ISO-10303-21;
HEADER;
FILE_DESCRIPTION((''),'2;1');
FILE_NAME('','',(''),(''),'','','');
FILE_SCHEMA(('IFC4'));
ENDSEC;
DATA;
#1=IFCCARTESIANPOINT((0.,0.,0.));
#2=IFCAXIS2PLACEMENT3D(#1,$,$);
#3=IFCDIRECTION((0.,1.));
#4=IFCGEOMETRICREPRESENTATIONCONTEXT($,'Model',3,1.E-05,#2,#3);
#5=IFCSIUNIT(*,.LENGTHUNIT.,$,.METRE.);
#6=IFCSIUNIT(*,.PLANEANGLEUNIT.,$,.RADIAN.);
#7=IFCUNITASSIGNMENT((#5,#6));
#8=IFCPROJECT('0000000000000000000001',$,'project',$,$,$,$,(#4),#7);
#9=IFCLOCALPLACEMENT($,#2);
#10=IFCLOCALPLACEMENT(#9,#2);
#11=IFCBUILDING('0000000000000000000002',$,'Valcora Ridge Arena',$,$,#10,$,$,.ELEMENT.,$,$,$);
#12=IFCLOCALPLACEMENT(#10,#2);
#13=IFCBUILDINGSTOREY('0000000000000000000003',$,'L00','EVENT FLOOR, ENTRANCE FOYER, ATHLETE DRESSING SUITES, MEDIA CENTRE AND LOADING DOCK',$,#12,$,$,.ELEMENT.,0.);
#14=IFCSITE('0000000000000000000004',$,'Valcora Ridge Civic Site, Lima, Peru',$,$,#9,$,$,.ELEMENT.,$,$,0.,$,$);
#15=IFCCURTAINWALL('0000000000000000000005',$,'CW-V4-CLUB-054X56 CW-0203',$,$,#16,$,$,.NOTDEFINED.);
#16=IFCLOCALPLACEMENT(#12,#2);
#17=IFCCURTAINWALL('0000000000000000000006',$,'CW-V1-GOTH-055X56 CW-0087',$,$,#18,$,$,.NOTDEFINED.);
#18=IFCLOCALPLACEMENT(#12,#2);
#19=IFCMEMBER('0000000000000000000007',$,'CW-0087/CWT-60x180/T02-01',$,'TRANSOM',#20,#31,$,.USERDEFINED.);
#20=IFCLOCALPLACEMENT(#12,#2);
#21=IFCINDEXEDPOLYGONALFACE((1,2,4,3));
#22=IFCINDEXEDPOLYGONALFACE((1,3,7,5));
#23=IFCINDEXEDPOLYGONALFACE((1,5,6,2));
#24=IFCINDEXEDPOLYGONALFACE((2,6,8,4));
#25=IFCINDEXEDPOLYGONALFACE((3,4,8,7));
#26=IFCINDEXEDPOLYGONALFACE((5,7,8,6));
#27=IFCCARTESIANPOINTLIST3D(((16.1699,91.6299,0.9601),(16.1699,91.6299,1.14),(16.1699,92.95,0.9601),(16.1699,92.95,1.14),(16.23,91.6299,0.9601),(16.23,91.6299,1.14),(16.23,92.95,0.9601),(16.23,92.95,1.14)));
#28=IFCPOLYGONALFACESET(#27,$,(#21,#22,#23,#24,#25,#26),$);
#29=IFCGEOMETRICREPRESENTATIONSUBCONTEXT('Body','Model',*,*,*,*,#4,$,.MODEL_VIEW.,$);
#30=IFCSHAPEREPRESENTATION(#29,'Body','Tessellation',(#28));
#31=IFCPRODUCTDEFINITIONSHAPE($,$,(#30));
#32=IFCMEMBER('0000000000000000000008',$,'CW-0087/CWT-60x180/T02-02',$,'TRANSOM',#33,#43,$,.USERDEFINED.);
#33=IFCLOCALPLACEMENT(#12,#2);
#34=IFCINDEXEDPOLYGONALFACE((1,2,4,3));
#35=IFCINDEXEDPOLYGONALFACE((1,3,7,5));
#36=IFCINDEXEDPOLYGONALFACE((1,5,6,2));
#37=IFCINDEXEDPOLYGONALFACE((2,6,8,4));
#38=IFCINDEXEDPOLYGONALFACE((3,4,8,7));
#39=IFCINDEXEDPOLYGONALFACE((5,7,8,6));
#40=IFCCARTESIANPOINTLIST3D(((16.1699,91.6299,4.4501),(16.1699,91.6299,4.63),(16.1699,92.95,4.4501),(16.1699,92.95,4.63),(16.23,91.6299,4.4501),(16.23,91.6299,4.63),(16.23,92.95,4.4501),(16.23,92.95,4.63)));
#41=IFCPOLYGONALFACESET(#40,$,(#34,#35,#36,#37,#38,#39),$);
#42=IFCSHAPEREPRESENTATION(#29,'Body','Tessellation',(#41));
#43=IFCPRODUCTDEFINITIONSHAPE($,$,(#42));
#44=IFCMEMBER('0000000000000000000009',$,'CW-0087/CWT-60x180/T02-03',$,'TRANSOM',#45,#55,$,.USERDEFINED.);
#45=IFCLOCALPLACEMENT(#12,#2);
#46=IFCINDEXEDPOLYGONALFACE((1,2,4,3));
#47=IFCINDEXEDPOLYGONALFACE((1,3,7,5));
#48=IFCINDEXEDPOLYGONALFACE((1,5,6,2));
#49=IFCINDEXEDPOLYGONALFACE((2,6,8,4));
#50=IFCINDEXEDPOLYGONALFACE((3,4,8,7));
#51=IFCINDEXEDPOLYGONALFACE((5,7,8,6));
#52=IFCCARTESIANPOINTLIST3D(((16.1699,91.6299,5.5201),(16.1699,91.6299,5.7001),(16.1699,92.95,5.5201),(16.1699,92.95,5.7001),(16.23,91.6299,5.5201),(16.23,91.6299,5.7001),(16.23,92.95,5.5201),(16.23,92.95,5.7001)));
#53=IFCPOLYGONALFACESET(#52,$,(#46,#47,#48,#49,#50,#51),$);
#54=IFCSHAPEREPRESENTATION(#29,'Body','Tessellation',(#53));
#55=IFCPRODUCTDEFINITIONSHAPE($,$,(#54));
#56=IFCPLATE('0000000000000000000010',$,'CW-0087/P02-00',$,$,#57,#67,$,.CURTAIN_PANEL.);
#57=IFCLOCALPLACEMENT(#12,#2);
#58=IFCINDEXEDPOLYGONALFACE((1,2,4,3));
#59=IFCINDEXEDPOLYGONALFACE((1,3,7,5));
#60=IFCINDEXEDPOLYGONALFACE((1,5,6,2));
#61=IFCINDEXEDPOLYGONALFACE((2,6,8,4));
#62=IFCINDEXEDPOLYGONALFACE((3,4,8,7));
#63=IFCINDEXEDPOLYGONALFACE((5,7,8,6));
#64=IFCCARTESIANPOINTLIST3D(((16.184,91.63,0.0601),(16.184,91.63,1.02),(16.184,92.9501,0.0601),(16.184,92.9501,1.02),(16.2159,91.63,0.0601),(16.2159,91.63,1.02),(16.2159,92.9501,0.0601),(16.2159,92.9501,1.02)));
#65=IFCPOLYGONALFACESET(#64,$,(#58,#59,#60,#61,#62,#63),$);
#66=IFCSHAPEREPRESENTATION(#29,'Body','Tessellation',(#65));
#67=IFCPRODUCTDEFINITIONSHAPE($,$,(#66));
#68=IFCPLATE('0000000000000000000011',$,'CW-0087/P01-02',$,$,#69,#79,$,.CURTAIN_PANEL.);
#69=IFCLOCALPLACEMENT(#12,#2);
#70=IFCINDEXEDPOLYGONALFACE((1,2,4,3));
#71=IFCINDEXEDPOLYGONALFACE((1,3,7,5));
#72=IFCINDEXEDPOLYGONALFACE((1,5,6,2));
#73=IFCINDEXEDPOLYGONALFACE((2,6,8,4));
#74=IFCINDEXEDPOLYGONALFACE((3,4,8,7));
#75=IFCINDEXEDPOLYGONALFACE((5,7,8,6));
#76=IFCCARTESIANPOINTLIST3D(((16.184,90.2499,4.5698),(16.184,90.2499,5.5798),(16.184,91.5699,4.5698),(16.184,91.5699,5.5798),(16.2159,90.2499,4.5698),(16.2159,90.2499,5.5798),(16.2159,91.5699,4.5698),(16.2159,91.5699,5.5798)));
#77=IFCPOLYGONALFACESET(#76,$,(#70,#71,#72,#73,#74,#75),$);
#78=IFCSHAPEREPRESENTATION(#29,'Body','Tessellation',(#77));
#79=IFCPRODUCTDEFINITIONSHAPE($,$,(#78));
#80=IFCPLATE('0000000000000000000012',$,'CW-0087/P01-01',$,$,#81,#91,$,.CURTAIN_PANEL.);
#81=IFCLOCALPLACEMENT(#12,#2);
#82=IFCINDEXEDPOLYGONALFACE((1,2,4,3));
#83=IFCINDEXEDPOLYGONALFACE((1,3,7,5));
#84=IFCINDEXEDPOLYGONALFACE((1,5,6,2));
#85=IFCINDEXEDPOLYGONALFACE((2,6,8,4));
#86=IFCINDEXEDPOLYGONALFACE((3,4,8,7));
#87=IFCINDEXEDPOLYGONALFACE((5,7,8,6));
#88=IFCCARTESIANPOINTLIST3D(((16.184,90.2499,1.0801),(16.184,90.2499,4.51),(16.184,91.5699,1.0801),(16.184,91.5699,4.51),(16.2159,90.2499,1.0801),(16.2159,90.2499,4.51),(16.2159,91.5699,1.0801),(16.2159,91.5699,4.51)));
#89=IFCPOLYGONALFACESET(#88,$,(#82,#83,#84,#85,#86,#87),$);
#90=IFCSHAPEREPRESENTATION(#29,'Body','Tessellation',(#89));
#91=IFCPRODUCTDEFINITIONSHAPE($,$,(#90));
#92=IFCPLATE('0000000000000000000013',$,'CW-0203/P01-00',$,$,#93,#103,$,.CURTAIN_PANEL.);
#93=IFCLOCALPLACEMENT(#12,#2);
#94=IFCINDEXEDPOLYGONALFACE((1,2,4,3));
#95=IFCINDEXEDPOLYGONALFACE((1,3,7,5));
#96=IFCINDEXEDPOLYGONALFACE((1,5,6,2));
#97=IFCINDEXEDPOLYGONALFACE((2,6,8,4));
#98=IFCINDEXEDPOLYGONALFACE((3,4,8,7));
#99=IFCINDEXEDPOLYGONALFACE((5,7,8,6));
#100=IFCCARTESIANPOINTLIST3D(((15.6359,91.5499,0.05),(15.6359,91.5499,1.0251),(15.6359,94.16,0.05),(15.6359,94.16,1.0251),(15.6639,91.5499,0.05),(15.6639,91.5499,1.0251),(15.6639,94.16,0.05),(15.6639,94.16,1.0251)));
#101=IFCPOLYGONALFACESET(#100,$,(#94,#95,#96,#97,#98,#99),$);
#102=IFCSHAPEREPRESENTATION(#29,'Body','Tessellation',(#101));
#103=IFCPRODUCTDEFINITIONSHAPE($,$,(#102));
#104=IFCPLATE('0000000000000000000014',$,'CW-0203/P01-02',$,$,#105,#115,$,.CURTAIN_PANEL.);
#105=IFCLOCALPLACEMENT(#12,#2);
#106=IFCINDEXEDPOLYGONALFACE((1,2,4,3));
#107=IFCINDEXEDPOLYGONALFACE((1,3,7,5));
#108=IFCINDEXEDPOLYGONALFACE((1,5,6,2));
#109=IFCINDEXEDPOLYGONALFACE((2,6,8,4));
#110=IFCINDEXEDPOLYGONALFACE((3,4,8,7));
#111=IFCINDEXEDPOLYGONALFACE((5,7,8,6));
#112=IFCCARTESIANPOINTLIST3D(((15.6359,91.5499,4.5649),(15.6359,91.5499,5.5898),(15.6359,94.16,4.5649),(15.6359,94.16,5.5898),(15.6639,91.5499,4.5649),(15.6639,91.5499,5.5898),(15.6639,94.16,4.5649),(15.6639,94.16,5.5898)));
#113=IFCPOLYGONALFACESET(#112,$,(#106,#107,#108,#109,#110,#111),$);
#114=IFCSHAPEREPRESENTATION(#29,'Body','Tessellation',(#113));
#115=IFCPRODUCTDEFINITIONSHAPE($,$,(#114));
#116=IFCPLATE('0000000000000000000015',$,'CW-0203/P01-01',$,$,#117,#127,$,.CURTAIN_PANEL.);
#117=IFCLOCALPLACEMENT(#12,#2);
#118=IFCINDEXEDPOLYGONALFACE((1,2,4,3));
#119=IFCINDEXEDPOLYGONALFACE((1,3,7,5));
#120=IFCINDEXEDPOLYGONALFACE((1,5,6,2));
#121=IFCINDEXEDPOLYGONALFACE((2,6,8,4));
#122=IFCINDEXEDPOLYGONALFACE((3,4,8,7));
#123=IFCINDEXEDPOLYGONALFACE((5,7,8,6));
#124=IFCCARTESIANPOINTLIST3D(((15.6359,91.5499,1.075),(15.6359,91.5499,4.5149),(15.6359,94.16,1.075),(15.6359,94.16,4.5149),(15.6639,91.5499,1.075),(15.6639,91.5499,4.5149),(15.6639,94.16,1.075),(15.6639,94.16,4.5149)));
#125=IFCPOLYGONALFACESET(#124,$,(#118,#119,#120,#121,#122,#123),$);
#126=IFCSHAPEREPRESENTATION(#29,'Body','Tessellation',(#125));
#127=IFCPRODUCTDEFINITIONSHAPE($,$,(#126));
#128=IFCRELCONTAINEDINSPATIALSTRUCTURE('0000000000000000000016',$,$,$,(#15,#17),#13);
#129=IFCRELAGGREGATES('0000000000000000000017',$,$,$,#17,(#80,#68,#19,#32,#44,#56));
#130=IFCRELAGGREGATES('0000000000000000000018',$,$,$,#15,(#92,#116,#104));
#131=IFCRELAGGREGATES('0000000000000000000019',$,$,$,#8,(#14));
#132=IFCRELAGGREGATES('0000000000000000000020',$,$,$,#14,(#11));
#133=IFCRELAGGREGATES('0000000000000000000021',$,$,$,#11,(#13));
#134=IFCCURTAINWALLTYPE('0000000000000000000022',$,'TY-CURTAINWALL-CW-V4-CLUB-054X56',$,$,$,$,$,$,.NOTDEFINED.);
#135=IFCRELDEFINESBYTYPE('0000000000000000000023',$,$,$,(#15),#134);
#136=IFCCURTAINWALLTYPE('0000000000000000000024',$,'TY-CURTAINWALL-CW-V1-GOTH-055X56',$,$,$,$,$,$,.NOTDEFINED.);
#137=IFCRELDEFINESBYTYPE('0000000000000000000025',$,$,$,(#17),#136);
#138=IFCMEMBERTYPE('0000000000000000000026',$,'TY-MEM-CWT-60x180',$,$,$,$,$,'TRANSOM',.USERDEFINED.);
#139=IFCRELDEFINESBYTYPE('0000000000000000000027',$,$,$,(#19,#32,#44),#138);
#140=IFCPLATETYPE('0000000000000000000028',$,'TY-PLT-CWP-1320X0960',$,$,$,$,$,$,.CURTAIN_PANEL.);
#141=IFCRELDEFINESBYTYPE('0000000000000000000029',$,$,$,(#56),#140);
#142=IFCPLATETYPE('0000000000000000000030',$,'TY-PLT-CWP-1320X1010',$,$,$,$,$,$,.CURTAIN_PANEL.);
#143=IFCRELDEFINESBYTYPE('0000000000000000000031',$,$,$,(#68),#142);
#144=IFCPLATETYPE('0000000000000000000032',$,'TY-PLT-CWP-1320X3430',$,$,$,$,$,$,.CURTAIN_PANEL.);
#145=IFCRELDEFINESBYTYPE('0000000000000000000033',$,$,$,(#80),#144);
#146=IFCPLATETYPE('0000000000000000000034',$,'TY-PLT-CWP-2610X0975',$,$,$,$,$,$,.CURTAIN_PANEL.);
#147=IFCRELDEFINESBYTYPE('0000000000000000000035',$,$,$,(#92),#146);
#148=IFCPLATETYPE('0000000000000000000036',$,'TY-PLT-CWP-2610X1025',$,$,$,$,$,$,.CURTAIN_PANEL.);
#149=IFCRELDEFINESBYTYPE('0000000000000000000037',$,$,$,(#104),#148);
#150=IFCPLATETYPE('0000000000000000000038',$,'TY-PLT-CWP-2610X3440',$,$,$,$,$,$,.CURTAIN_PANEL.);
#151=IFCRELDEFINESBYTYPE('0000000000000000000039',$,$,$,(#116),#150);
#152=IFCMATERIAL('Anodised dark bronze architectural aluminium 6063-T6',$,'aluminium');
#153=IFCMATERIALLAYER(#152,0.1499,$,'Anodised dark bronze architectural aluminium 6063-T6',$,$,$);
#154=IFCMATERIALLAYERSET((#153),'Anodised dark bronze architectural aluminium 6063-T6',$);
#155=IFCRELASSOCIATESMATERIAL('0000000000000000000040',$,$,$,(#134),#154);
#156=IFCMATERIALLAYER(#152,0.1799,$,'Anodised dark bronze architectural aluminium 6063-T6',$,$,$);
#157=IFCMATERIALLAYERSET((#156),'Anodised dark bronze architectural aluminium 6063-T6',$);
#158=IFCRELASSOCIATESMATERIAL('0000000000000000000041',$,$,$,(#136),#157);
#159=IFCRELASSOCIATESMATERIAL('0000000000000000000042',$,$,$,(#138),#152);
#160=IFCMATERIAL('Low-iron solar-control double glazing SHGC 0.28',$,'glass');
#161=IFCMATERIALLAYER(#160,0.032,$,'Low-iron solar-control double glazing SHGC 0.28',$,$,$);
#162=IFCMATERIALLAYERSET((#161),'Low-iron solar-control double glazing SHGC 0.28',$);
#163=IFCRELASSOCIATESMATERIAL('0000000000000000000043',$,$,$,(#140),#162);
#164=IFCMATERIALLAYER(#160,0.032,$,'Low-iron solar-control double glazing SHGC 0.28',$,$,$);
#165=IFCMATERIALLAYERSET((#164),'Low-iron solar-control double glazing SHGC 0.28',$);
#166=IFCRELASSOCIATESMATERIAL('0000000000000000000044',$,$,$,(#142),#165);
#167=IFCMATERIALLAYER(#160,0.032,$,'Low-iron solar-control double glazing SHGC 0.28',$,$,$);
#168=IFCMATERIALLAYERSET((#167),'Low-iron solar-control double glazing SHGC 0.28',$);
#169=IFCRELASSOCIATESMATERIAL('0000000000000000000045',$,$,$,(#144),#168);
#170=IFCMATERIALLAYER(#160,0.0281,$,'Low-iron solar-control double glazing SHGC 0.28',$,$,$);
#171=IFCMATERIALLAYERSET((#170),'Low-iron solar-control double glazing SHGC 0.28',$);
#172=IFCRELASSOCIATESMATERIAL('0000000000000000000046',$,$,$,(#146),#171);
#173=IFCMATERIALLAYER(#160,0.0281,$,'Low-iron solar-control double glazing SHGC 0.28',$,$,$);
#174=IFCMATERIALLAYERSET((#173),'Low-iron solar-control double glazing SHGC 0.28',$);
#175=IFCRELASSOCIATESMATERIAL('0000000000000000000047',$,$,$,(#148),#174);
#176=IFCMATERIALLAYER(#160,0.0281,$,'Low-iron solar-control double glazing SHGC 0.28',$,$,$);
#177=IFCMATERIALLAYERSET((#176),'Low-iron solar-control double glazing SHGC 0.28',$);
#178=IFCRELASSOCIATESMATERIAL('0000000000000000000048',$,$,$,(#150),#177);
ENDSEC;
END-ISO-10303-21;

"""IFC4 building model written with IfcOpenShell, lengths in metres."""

from ifc_helpers import new_model, si_unit, direction, frame, origin, origin_2d, place, context, subcontext, project, spatial, rectangle, extrude, material, layer, layer_set, material_profile, profile_set, type_object, element, aggregate, save


model = new_model("IFC4")

# Units and contexts
model_context = context("Model", 3, precision=1e-05, world=origin(), true_north=direction((0.0, 1.0)))
body_context = subcontext(model_context, "Body", "Model", "MODEL_VIEW")
ifc_project = project(units=[si_unit("LENGTHUNIT", "METRE"), si_unit("PLANEANGLEUNIT", "RADIAN")], contexts=[model_context])

# Site, building, storey
site_placement = place(None, origin())
site = spatial("IfcSite", under=ifc_project, at=site_placement, Name="Valcora Ridge Civic Site, Lima, Peru", CompositionType="ELEMENT", RefElevation=0.0)
building_placement = place(site_placement, origin())
building = spatial("IfcBuilding", under=site, at=building_placement, Name="Valcora Ridge Arena", CompositionType="ELEMENT")
storey_placement = place(building_placement, origin())
storey = spatial("IfcBuildingStorey", under=building, at=storey_placement, Name="L00", Description="EVENT FLOOR, ENTRANCE FOYER, ATHLETE DRESSING SUITES, MEDIA CENTRE AND LOADING DOCK", CompositionType="ELEMENT", Elevation=0.0)

# Curtain wall
ifc_material_1 = material(Name="Anodised dark bronze architectural aluminium 6063-T6", Category="aluminium")
ifc_layer_1 = layer(ifc_material_1, 0.1499, Name="Anodised dark bronze architectural aluminium 6063-T6")
ifc_layer_set_1 = layer_set([ifc_layer_1], Name="Anodised dark bronze architectural aluminium 6063-T6")
curtain_wall_type_1 = type_object("IfcCurtainWallType", Name="TY-CURTAINWALL-CW-V4-CLUB-054X56", PredefinedType="NOTDEFINED", material=ifc_layer_set_1)
curtain_wall_1_placement = place(storey_placement, origin())
curtain_wall_1 = element("IfcCurtainWall", 1, at=curtain_wall_1_placement, inside=storey, type_object=curtain_wall_type_1, Name="CW-V4-CLUB-054X56 CW-0203", PredefinedType="NOTDEFINED")

# Curtain wall
ifc_layer_2 = layer(ifc_material_1, 0.1799, Name="Anodised dark bronze architectural aluminium 6063-T6")
ifc_layer_set_2 = layer_set([ifc_layer_2], Name="Anodised dark bronze architectural aluminium 6063-T6")
curtain_wall_type_2 = type_object("IfcCurtainWallType", Name="TY-CURTAINWALL-CW-V1-GOTH-055X56", PredefinedType="NOTDEFINED", material=ifc_layer_set_2)
curtain_wall_2_placement = place(storey_placement, origin())
curtain_wall_2 = element("IfcCurtainWall", 2, at=curtain_wall_2_placement, inside=storey, type_object=curtain_wall_type_2, Name="CW-V1-GOTH-055X56 CW-0087", PredefinedType="NOTDEFINED")

# Members
ifc_material_profile_1 = material_profile(ifc_material_1, rectangle(XDim=0.0601, YDim=0.1799, at=origin_2d()), Name="ALU TRANSOM 60x180")
ifc_profile_set_1 = profile_set([ifc_material_profile_1], Name="Anodised dark bronze architectural aluminium 6063-T6")
member_type_1 = type_object("IfcMemberType", Name="TY-MEM-CWT-60x180", ElementType="TRANSOM", PredefinedType="USERDEFINED", material=ifc_profile_set_1)
member_1_placement = place(storey_placement, frame((16.2, 91.6299, 1.05), z_axis=(0.0, 1.0, 0.0), x_axis=(-1.0, 0.0, 0.0)))
member_1 = element("IfcMember", 3, at=member_1_placement, type_object=member_type_1, Name="CW-0087/CWT-60x180/T02-01", ObjectType="TRANSOM", PredefinedType="USERDEFINED", context=body_context, shape_type="SweptSolid", body=[
    extrude(rectangle(XDim=0.0601, YDim=0.1799, at=origin_2d()), origin(), (0.0, 0.0, 1.0), 1.3201),
])
member_2_placement = place(storey_placement, frame((16.2, 91.6299, 4.54), z_axis=(0.0, 1.0, 0.0), x_axis=(-1.0, 0.0, 0.0)))
member_2 = element("IfcMember", 4, at=member_2_placement, type_object=member_type_1, Name="CW-0087/CWT-60x180/T02-02", ObjectType="TRANSOM", PredefinedType="USERDEFINED", context=body_context, shape_type="SweptSolid", body=[
    extrude(rectangle(XDim=0.0601, YDim=0.1799, at=origin_2d()), origin(), (0.0, 0.0, 1.0), 1.3201),
])
member_3_placement = place(storey_placement, frame((16.2, 91.6299, 5.6101), z_axis=(0.0, 1.0, 0.0), x_axis=(-1.0, 0.0, 0.0)))
member_3 = element("IfcMember", 5, at=member_3_placement, type_object=member_type_1, Name="CW-0087/CWT-60x180/T02-03", ObjectType="TRANSOM", PredefinedType="USERDEFINED", context=body_context, shape_type="SweptSolid", body=[
    extrude(rectangle(XDim=0.0601, YDim=0.1799, at=origin_2d()), origin(), (0.0, 0.0, 1.0), 1.3201),
])

# Plates
ifc_material_2 = material(Name="Low-iron solar-control double glazing SHGC 0.28", Category="glass")
ifc_layer_3 = layer(ifc_material_2, 0.032, Name="Low-iron solar-control double glazing SHGC 0.28")
ifc_layer_set_3 = layer_set([ifc_layer_3], Name="Low-iron solar-control double glazing SHGC 0.28")
plate_type_1 = type_object("IfcPlateType", Name="TY-PLT-CWP-1320X0960", PredefinedType="CURTAIN_PANEL", material=ifc_layer_set_3)
plate_1_placement = place(storey_placement, frame((16.2, 92.29, 0.0601), z_axis=(0.0, 0.0, 1.0), x_axis=(0.0, 1.0, 0.0)))
plate_1 = element("IfcPlate", 6, at=plate_1_placement, type_object=plate_type_1, Name="CW-0087/P02-00", PredefinedType="CURTAIN_PANEL", context=body_context, shape_type="SweptSolid", body=[
    extrude(rectangle(XDim=1.3201, YDim=0.032, at=origin_2d()), origin(), (0.0, 0.0, 1.0), 0.96),
])
ifc_layer_4 = layer(ifc_material_2, 0.032, Name="Low-iron solar-control double glazing SHGC 0.28")
ifc_layer_set_4 = layer_set([ifc_layer_4], Name="Low-iron solar-control double glazing SHGC 0.28")
plate_type_2 = type_object("IfcPlateType", Name="TY-PLT-CWP-1320X1010", PredefinedType="CURTAIN_PANEL", material=ifc_layer_set_4)
plate_2_placement = place(storey_placement, frame((16.2, 90.9099, 4.5698), z_axis=(0.0, 0.0, 1.0), x_axis=(0.0, 1.0, 0.0)))
plate_2 = element("IfcPlate", 7, at=plate_2_placement, type_object=plate_type_2, Name="CW-0087/P01-02", PredefinedType="CURTAIN_PANEL", context=body_context, shape_type="SweptSolid", body=[
    extrude(rectangle(XDim=1.3201, YDim=0.032, at=origin_2d()), origin(), (0.0, 0.0, 1.0), 1.01),
])
ifc_layer_5 = layer(ifc_material_2, 0.032, Name="Low-iron solar-control double glazing SHGC 0.28")
ifc_layer_set_5 = layer_set([ifc_layer_5], Name="Low-iron solar-control double glazing SHGC 0.28")
plate_type_3 = type_object("IfcPlateType", Name="TY-PLT-CWP-1320X3430", PredefinedType="CURTAIN_PANEL", material=ifc_layer_set_5)
plate_3_placement = place(storey_placement, frame((16.2, 90.9099, 1.0801), z_axis=(0.0, 0.0, 1.0), x_axis=(0.0, 1.0, 0.0)))
plate_3 = element("IfcPlate", 8, at=plate_3_placement, type_object=plate_type_3, Name="CW-0087/P01-01", PredefinedType="CURTAIN_PANEL", context=body_context, shape_type="SweptSolid", body=[
    extrude(rectangle(XDim=1.3201, YDim=0.032, at=origin_2d()), origin(), (0.0, 0.0, 1.0), 3.4299),
])
aggregate(curtain_wall_2, [plate_3, plate_2, member_1, member_2, member_3, plate_1])
ifc_layer_6 = layer(ifc_material_2, 0.0281, Name="Low-iron solar-control double glazing SHGC 0.28")
ifc_layer_set_6 = layer_set([ifc_layer_6], Name="Low-iron solar-control double glazing SHGC 0.28")
plate_type_4 = type_object("IfcPlateType", Name="TY-PLT-CWP-2610X0975", PredefinedType="CURTAIN_PANEL", material=ifc_layer_set_6)
plate_4_placement = place(storey_placement, frame((15.6499, 92.855, 0.05), z_axis=(0.0, 0.0, 1.0), x_axis=(0.0, 1.0, 0.0)))
plate_4 = element("IfcPlate", 9, at=plate_4_placement, type_object=plate_type_4, Name="CW-0203/P01-00", PredefinedType="CURTAIN_PANEL", context=body_context, shape_type="SweptSolid", body=[
    extrude(rectangle(XDim=2.6101, YDim=0.0281, at=origin_2d()), origin(), (0.0, 0.0, 1.0), 0.9751),
])
ifc_layer_7 = layer(ifc_material_2, 0.0281, Name="Low-iron solar-control double glazing SHGC 0.28")
ifc_layer_set_7 = layer_set([ifc_layer_7], Name="Low-iron solar-control double glazing SHGC 0.28")
plate_type_5 = type_object("IfcPlateType", Name="TY-PLT-CWP-2610X1025", PredefinedType="CURTAIN_PANEL", material=ifc_layer_set_7)
plate_5_placement = place(storey_placement, frame((15.6499, 92.855, 4.5649), z_axis=(0.0, 0.0, 1.0), x_axis=(0.0, 1.0, 0.0)))
plate_5 = element("IfcPlate", 10, at=plate_5_placement, type_object=plate_type_5, Name="CW-0203/P01-02", PredefinedType="CURTAIN_PANEL", context=body_context, shape_type="SweptSolid", body=[
    extrude(rectangle(XDim=2.6101, YDim=0.0281, at=origin_2d()), origin(), (0.0, 0.0, 1.0), 1.0249),
])
ifc_layer_8 = layer(ifc_material_2, 0.0281, Name="Low-iron solar-control double glazing SHGC 0.28")
ifc_layer_set_8 = layer_set([ifc_layer_8], Name="Low-iron solar-control double glazing SHGC 0.28")
plate_type_6 = type_object("IfcPlateType", Name="TY-PLT-CWP-2610X3440", PredefinedType="CURTAIN_PANEL", material=ifc_layer_set_8)
plate_6_placement = place(storey_placement, frame((15.6499, 92.855, 1.075), z_axis=(0.0, 0.0, 1.0), x_axis=(0.0, 1.0, 0.0)))
plate_6 = element("IfcPlate", 11, at=plate_6_placement, type_object=plate_type_6, Name="CW-0203/P01-01", PredefinedType="CURTAIN_PANEL", context=body_context, shape_type="SweptSolid", body=[
    extrude(rectangle(XDim=2.6101, YDim=0.0281, at=origin_2d()), origin(), (0.0, 0.0, 1.0), 3.4399),
])
aggregate(curtain_wall_1, [plate_4, plate_6, plate_5])

save(model, "model.ifc")
